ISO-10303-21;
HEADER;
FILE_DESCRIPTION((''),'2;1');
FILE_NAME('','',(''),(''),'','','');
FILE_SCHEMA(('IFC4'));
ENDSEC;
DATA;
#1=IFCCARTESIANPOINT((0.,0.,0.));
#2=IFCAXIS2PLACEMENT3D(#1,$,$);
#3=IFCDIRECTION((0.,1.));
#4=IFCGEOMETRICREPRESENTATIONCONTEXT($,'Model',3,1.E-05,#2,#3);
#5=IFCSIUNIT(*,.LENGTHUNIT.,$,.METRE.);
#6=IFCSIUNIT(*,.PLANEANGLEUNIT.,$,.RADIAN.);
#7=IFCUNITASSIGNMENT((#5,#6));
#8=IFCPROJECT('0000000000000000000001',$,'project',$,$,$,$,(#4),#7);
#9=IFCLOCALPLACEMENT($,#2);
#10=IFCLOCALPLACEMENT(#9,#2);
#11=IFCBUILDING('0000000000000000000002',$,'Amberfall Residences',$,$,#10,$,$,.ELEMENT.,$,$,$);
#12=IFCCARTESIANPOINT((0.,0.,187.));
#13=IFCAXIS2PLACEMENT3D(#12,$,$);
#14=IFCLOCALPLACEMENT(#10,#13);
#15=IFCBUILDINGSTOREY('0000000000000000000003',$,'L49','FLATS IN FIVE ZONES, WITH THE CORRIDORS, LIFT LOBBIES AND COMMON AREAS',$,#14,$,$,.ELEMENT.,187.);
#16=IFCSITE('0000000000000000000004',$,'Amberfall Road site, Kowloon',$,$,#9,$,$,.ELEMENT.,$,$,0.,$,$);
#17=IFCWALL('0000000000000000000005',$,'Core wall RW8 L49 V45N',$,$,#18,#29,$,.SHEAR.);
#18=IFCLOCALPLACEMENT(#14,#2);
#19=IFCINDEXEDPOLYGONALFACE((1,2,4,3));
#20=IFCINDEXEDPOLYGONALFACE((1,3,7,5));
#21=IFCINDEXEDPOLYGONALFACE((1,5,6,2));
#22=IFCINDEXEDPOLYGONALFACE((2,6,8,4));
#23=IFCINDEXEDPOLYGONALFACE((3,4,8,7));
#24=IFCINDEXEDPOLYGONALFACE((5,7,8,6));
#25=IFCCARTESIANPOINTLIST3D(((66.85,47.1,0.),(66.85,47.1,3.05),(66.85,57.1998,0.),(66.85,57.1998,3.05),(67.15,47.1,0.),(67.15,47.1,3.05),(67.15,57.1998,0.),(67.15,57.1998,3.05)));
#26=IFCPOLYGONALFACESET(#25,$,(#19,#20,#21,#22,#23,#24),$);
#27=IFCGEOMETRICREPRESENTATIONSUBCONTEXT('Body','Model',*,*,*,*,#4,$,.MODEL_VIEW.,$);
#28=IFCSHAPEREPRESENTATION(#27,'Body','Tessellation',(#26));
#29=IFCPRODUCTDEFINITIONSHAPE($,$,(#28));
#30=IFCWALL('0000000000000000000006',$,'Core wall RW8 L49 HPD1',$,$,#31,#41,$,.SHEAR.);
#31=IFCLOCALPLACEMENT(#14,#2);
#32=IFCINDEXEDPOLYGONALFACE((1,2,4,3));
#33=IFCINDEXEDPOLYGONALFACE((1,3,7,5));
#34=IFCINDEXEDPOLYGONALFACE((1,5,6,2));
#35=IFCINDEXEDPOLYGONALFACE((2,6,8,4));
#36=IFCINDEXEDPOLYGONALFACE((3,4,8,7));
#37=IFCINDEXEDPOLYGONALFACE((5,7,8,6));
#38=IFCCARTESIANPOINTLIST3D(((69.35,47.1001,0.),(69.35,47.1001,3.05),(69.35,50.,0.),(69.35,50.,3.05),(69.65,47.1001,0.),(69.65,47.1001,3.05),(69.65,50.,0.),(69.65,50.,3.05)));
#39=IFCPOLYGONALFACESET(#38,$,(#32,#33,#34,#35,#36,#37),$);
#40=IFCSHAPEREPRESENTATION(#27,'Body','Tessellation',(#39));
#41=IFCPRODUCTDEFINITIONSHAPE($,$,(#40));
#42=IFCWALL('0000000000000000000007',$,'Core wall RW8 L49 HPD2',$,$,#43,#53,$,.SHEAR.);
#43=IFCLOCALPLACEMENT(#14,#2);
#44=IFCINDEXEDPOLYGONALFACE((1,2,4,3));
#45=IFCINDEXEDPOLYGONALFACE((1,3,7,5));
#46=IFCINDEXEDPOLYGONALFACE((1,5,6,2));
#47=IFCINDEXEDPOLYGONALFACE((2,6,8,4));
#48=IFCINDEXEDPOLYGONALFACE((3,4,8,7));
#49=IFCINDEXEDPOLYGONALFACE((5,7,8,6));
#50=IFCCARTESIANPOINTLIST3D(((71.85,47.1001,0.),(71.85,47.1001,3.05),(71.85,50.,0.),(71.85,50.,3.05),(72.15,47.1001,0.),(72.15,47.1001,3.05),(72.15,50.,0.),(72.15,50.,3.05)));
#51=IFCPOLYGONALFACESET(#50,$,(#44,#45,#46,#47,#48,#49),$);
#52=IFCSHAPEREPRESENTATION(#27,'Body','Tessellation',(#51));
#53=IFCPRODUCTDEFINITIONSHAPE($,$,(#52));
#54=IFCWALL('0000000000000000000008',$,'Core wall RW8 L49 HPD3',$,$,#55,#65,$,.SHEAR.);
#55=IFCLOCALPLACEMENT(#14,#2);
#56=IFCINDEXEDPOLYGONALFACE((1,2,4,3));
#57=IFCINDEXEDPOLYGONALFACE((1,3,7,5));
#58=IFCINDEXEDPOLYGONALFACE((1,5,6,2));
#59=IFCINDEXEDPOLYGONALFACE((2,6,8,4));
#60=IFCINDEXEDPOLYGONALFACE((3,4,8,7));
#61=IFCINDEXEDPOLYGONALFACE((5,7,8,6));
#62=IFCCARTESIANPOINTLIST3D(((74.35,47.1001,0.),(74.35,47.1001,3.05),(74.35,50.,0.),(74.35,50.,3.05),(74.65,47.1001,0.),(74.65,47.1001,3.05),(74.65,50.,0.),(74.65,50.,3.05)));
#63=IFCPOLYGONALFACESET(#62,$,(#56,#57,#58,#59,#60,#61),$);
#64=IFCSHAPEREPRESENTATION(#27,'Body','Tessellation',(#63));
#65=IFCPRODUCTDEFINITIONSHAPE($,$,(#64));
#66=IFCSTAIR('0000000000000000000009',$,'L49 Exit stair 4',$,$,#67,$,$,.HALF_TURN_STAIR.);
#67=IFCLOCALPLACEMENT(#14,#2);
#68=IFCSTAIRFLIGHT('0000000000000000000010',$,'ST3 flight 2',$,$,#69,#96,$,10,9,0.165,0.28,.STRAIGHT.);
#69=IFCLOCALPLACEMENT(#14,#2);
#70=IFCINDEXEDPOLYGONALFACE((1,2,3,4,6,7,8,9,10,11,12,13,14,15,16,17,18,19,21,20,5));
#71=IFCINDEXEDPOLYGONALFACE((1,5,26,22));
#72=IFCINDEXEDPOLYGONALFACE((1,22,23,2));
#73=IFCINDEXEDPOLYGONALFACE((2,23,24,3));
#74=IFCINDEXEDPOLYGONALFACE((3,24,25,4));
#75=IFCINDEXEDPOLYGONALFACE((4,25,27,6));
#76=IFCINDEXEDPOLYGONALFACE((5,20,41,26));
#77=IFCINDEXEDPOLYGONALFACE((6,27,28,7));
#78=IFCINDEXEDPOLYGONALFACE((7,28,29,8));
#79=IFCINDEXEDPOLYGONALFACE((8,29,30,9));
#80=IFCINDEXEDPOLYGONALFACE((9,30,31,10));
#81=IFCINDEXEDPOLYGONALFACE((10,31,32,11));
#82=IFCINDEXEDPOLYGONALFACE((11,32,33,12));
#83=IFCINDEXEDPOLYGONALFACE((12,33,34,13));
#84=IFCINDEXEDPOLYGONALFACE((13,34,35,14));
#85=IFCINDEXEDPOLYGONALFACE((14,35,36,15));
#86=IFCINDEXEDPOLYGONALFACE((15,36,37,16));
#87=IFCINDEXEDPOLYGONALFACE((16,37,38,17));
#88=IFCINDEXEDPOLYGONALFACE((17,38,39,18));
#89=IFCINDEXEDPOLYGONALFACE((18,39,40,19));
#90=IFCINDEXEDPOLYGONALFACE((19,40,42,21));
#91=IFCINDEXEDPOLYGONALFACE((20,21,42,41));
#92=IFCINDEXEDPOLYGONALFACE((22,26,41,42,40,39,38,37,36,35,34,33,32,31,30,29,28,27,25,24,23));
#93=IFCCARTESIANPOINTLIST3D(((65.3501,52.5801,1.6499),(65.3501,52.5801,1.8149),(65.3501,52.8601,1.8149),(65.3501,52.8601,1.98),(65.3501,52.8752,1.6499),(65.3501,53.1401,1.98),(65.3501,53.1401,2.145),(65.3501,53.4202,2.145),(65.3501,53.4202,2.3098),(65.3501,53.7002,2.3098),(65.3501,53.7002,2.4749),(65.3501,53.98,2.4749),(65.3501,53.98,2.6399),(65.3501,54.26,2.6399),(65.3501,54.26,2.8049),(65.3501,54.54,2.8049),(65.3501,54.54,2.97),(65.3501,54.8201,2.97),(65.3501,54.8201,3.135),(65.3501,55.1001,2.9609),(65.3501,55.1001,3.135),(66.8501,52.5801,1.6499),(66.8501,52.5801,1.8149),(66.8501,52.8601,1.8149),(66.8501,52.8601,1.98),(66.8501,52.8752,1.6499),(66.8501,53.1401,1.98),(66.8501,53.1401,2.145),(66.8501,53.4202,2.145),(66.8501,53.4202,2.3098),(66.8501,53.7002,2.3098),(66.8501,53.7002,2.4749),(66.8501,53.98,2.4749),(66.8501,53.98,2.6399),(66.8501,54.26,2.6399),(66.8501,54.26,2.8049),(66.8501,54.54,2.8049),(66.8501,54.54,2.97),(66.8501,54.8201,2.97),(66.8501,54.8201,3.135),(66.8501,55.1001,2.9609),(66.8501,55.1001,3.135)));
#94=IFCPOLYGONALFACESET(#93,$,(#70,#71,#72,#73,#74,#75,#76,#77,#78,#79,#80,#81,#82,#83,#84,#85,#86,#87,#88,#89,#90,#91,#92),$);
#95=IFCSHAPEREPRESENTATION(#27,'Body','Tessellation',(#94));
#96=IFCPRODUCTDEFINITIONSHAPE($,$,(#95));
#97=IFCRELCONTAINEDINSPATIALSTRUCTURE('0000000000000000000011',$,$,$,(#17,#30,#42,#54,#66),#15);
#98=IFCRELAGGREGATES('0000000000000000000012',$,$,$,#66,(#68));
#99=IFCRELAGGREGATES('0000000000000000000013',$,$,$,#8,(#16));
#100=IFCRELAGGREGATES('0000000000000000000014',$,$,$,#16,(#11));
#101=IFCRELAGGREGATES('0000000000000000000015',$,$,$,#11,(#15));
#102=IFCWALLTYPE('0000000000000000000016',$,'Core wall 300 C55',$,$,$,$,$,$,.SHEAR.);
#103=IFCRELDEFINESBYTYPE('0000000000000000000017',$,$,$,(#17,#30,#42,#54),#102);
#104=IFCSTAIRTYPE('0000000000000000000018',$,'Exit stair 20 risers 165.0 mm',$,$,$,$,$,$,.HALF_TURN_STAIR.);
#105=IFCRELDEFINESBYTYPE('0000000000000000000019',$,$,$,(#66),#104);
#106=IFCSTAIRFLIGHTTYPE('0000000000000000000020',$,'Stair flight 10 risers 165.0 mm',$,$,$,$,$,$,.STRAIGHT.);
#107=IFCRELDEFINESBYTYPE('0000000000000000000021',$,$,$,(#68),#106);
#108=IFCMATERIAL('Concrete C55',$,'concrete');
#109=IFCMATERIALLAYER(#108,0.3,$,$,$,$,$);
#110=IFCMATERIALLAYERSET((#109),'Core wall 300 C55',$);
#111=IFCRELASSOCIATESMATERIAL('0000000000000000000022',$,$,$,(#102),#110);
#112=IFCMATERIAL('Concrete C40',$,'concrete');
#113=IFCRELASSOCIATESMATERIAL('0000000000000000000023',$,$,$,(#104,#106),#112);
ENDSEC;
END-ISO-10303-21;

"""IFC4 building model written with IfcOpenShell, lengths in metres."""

from ifc_helpers import new_model, si_unit, direction, frame, frame_2d, origin, place, context, subcontext, project, spatial, polyline, rectangle, outline, extrude, material, layer, layer_set, type_object, element, aggregate, save


model = new_model("IFC4")

# Units and contexts
model_context = context("Model", 3, precision=1e-05, world=origin(), true_north=direction((0.0, 1.0)))
body_context = subcontext(model_context, "Body", "Model", "MODEL_VIEW")
ifc_project = project(units=[si_unit("LENGTHUNIT", "METRE"), si_unit("PLANEANGLEUNIT", "RADIAN")], contexts=[model_context])

# Site, building, storey
site_placement = place(None, origin())
site = spatial("IfcSite", under=ifc_project, at=site_placement, Name="Amberfall Road site, Kowloon", CompositionType="ELEMENT", RefElevation=0.0)
building_placement = place(site_placement, origin())
building = spatial("IfcBuilding", under=site, at=building_placement, Name="Amberfall Residences", CompositionType="ELEMENT")
storey_placement = place(building_placement, frame((0.0, 0.0, 187.0)))
storey = spatial("IfcBuildingStorey", under=building, at=storey_placement, Name="L49", Description="FLATS IN FIVE ZONES, WITH THE CORRIDORS, LIFT LOBBIES AND COMMON AREAS", CompositionType="ELEMENT", Elevation=187.0)

# Walls
ifc_material_1 = material(Name="Concrete C55", Category="concrete")
ifc_layer = layer(ifc_material_1, 0.3)
ifc_layer_set = layer_set([ifc_layer], Name="Core wall 300 C55")
wall_type = type_object("IfcWallType", Name="Core wall 300 C55", PredefinedType="SHEAR", material=ifc_layer_set)
wall_placement = place(storey_placement, frame((67.0, 47.1001, 0.0), z_axis=(0.0, 0.0, 1.0), x_axis=(0.0, 1.0, 0.0)))
element("IfcWall", 1, at=wall_placement, inside=storey, type_object=wall_type, Name="Core wall RW8 L49 V45N", PredefinedType="SHEAR", context=body_context, shape_type="SweptSolid", body=[
    extrude(rectangle(XDim=10.0999, YDim=0.3, at=frame_2d((5.0498, 0.0))), origin(), (0.0, 0.0, 1.0), 3.05),
])
for number, where, z_axis, x_axis, name in (
    (2, (69.5, 47.1001, 0.0), (0.0, 0.0, 1.0), (0.0, 1.0, 0.0), "Core wall RW8 L49 HPD1"),
    (3, (72.0, 47.1001, 0.0), (0.0, 0.0, 1.0), (0.0, 1.0, 0.0), "Core wall RW8 L49 HPD2"),
    (4, (74.5, 47.1001, 0.0), (0.0, 0.0, 1.0), (0.0, 1.0, 0.0), "Core wall RW8 L49 HPD3"),
):
    element("IfcWall", number, at=place(storey_placement, frame(where, z_axis=z_axis, x_axis=x_axis)), inside=storey, type_object=wall_type, Name=name, PredefinedType="SHEAR", context=body_context, shape_type="SweptSolid", body=[
        extrude(rectangle(XDim=2.8999, YDim=0.3, at=frame_2d((1.45, 0.0))), origin(), (0.0, 0.0, 1.0), 3.05),
    ])

# Stair, stair flight
ifc_material_2 = material(Name="Concrete C40", Category="concrete")
stair_type = type_object("IfcStairType", Name="Exit stair 20 risers 165.0 mm", PredefinedType="HALF_TURN_STAIR", material=ifc_material_2)
stair_placement = place(storey_placement, origin())
stair = element("IfcStair", 5, at=stair_placement, inside=storey, type_object=stair_type, Name="L49 Exit stair 4", PredefinedType="HALF_TURN_STAIR")
stair_flight_type = type_object("IfcStairFlightType", Name="Stair flight 10 risers 165.0 mm", PredefinedType="STRAIGHT", material=ifc_material_2)
stair_flight_placement = place(storey_placement, frame((66.1001, 52.5801, 1.6499), z_axis=(0.0, 0.0, 1.0), x_axis=(0.0, 1.0, 0.0)))
stair_flight = element("IfcStairFlight", 6, at=stair_flight_placement, type_object=stair_flight_type, Name="ST3 flight 2", NumberOfRisers=10, NumberOfTreads=9, PredefinedType="STRAIGHT", RiserHeight=0.165, TreadLength=0.28, context=body_context, shape_type="SweptSolid", body=[
    extrude(outline(polyline([(0.0, 0.0), (0.0, 0.165), (0.28, 0.165), (0.28, 0.3301), (0.5601, 0.3301), (0.5601, 0.4951), (0.8401, 0.4951), (0.8401, 0.6599), (1.1201, 0.6599), (1.1201, 0.825), (1.3999, 0.825), (1.3999, 0.99), (1.6799, 0.99), (1.6799, 1.155), (1.96, 1.155), (1.96, 1.3201), (2.24, 1.3201), (2.24, 1.4851), (2.52, 1.4851), (2.52, 1.6499), (2.52, 1.311), (0.2952, 0.0), (0.0, 0.0)])), frame((0.0, 0.75, 0.0), z_axis=(0.0, -1.0, 0.0), x_axis=(1.0, 0.0, 0.0)), (0.0, 0.0, 1.0), 1.5),
])
aggregate(stair, [stair_flight])

save(model, "model.ifc")
